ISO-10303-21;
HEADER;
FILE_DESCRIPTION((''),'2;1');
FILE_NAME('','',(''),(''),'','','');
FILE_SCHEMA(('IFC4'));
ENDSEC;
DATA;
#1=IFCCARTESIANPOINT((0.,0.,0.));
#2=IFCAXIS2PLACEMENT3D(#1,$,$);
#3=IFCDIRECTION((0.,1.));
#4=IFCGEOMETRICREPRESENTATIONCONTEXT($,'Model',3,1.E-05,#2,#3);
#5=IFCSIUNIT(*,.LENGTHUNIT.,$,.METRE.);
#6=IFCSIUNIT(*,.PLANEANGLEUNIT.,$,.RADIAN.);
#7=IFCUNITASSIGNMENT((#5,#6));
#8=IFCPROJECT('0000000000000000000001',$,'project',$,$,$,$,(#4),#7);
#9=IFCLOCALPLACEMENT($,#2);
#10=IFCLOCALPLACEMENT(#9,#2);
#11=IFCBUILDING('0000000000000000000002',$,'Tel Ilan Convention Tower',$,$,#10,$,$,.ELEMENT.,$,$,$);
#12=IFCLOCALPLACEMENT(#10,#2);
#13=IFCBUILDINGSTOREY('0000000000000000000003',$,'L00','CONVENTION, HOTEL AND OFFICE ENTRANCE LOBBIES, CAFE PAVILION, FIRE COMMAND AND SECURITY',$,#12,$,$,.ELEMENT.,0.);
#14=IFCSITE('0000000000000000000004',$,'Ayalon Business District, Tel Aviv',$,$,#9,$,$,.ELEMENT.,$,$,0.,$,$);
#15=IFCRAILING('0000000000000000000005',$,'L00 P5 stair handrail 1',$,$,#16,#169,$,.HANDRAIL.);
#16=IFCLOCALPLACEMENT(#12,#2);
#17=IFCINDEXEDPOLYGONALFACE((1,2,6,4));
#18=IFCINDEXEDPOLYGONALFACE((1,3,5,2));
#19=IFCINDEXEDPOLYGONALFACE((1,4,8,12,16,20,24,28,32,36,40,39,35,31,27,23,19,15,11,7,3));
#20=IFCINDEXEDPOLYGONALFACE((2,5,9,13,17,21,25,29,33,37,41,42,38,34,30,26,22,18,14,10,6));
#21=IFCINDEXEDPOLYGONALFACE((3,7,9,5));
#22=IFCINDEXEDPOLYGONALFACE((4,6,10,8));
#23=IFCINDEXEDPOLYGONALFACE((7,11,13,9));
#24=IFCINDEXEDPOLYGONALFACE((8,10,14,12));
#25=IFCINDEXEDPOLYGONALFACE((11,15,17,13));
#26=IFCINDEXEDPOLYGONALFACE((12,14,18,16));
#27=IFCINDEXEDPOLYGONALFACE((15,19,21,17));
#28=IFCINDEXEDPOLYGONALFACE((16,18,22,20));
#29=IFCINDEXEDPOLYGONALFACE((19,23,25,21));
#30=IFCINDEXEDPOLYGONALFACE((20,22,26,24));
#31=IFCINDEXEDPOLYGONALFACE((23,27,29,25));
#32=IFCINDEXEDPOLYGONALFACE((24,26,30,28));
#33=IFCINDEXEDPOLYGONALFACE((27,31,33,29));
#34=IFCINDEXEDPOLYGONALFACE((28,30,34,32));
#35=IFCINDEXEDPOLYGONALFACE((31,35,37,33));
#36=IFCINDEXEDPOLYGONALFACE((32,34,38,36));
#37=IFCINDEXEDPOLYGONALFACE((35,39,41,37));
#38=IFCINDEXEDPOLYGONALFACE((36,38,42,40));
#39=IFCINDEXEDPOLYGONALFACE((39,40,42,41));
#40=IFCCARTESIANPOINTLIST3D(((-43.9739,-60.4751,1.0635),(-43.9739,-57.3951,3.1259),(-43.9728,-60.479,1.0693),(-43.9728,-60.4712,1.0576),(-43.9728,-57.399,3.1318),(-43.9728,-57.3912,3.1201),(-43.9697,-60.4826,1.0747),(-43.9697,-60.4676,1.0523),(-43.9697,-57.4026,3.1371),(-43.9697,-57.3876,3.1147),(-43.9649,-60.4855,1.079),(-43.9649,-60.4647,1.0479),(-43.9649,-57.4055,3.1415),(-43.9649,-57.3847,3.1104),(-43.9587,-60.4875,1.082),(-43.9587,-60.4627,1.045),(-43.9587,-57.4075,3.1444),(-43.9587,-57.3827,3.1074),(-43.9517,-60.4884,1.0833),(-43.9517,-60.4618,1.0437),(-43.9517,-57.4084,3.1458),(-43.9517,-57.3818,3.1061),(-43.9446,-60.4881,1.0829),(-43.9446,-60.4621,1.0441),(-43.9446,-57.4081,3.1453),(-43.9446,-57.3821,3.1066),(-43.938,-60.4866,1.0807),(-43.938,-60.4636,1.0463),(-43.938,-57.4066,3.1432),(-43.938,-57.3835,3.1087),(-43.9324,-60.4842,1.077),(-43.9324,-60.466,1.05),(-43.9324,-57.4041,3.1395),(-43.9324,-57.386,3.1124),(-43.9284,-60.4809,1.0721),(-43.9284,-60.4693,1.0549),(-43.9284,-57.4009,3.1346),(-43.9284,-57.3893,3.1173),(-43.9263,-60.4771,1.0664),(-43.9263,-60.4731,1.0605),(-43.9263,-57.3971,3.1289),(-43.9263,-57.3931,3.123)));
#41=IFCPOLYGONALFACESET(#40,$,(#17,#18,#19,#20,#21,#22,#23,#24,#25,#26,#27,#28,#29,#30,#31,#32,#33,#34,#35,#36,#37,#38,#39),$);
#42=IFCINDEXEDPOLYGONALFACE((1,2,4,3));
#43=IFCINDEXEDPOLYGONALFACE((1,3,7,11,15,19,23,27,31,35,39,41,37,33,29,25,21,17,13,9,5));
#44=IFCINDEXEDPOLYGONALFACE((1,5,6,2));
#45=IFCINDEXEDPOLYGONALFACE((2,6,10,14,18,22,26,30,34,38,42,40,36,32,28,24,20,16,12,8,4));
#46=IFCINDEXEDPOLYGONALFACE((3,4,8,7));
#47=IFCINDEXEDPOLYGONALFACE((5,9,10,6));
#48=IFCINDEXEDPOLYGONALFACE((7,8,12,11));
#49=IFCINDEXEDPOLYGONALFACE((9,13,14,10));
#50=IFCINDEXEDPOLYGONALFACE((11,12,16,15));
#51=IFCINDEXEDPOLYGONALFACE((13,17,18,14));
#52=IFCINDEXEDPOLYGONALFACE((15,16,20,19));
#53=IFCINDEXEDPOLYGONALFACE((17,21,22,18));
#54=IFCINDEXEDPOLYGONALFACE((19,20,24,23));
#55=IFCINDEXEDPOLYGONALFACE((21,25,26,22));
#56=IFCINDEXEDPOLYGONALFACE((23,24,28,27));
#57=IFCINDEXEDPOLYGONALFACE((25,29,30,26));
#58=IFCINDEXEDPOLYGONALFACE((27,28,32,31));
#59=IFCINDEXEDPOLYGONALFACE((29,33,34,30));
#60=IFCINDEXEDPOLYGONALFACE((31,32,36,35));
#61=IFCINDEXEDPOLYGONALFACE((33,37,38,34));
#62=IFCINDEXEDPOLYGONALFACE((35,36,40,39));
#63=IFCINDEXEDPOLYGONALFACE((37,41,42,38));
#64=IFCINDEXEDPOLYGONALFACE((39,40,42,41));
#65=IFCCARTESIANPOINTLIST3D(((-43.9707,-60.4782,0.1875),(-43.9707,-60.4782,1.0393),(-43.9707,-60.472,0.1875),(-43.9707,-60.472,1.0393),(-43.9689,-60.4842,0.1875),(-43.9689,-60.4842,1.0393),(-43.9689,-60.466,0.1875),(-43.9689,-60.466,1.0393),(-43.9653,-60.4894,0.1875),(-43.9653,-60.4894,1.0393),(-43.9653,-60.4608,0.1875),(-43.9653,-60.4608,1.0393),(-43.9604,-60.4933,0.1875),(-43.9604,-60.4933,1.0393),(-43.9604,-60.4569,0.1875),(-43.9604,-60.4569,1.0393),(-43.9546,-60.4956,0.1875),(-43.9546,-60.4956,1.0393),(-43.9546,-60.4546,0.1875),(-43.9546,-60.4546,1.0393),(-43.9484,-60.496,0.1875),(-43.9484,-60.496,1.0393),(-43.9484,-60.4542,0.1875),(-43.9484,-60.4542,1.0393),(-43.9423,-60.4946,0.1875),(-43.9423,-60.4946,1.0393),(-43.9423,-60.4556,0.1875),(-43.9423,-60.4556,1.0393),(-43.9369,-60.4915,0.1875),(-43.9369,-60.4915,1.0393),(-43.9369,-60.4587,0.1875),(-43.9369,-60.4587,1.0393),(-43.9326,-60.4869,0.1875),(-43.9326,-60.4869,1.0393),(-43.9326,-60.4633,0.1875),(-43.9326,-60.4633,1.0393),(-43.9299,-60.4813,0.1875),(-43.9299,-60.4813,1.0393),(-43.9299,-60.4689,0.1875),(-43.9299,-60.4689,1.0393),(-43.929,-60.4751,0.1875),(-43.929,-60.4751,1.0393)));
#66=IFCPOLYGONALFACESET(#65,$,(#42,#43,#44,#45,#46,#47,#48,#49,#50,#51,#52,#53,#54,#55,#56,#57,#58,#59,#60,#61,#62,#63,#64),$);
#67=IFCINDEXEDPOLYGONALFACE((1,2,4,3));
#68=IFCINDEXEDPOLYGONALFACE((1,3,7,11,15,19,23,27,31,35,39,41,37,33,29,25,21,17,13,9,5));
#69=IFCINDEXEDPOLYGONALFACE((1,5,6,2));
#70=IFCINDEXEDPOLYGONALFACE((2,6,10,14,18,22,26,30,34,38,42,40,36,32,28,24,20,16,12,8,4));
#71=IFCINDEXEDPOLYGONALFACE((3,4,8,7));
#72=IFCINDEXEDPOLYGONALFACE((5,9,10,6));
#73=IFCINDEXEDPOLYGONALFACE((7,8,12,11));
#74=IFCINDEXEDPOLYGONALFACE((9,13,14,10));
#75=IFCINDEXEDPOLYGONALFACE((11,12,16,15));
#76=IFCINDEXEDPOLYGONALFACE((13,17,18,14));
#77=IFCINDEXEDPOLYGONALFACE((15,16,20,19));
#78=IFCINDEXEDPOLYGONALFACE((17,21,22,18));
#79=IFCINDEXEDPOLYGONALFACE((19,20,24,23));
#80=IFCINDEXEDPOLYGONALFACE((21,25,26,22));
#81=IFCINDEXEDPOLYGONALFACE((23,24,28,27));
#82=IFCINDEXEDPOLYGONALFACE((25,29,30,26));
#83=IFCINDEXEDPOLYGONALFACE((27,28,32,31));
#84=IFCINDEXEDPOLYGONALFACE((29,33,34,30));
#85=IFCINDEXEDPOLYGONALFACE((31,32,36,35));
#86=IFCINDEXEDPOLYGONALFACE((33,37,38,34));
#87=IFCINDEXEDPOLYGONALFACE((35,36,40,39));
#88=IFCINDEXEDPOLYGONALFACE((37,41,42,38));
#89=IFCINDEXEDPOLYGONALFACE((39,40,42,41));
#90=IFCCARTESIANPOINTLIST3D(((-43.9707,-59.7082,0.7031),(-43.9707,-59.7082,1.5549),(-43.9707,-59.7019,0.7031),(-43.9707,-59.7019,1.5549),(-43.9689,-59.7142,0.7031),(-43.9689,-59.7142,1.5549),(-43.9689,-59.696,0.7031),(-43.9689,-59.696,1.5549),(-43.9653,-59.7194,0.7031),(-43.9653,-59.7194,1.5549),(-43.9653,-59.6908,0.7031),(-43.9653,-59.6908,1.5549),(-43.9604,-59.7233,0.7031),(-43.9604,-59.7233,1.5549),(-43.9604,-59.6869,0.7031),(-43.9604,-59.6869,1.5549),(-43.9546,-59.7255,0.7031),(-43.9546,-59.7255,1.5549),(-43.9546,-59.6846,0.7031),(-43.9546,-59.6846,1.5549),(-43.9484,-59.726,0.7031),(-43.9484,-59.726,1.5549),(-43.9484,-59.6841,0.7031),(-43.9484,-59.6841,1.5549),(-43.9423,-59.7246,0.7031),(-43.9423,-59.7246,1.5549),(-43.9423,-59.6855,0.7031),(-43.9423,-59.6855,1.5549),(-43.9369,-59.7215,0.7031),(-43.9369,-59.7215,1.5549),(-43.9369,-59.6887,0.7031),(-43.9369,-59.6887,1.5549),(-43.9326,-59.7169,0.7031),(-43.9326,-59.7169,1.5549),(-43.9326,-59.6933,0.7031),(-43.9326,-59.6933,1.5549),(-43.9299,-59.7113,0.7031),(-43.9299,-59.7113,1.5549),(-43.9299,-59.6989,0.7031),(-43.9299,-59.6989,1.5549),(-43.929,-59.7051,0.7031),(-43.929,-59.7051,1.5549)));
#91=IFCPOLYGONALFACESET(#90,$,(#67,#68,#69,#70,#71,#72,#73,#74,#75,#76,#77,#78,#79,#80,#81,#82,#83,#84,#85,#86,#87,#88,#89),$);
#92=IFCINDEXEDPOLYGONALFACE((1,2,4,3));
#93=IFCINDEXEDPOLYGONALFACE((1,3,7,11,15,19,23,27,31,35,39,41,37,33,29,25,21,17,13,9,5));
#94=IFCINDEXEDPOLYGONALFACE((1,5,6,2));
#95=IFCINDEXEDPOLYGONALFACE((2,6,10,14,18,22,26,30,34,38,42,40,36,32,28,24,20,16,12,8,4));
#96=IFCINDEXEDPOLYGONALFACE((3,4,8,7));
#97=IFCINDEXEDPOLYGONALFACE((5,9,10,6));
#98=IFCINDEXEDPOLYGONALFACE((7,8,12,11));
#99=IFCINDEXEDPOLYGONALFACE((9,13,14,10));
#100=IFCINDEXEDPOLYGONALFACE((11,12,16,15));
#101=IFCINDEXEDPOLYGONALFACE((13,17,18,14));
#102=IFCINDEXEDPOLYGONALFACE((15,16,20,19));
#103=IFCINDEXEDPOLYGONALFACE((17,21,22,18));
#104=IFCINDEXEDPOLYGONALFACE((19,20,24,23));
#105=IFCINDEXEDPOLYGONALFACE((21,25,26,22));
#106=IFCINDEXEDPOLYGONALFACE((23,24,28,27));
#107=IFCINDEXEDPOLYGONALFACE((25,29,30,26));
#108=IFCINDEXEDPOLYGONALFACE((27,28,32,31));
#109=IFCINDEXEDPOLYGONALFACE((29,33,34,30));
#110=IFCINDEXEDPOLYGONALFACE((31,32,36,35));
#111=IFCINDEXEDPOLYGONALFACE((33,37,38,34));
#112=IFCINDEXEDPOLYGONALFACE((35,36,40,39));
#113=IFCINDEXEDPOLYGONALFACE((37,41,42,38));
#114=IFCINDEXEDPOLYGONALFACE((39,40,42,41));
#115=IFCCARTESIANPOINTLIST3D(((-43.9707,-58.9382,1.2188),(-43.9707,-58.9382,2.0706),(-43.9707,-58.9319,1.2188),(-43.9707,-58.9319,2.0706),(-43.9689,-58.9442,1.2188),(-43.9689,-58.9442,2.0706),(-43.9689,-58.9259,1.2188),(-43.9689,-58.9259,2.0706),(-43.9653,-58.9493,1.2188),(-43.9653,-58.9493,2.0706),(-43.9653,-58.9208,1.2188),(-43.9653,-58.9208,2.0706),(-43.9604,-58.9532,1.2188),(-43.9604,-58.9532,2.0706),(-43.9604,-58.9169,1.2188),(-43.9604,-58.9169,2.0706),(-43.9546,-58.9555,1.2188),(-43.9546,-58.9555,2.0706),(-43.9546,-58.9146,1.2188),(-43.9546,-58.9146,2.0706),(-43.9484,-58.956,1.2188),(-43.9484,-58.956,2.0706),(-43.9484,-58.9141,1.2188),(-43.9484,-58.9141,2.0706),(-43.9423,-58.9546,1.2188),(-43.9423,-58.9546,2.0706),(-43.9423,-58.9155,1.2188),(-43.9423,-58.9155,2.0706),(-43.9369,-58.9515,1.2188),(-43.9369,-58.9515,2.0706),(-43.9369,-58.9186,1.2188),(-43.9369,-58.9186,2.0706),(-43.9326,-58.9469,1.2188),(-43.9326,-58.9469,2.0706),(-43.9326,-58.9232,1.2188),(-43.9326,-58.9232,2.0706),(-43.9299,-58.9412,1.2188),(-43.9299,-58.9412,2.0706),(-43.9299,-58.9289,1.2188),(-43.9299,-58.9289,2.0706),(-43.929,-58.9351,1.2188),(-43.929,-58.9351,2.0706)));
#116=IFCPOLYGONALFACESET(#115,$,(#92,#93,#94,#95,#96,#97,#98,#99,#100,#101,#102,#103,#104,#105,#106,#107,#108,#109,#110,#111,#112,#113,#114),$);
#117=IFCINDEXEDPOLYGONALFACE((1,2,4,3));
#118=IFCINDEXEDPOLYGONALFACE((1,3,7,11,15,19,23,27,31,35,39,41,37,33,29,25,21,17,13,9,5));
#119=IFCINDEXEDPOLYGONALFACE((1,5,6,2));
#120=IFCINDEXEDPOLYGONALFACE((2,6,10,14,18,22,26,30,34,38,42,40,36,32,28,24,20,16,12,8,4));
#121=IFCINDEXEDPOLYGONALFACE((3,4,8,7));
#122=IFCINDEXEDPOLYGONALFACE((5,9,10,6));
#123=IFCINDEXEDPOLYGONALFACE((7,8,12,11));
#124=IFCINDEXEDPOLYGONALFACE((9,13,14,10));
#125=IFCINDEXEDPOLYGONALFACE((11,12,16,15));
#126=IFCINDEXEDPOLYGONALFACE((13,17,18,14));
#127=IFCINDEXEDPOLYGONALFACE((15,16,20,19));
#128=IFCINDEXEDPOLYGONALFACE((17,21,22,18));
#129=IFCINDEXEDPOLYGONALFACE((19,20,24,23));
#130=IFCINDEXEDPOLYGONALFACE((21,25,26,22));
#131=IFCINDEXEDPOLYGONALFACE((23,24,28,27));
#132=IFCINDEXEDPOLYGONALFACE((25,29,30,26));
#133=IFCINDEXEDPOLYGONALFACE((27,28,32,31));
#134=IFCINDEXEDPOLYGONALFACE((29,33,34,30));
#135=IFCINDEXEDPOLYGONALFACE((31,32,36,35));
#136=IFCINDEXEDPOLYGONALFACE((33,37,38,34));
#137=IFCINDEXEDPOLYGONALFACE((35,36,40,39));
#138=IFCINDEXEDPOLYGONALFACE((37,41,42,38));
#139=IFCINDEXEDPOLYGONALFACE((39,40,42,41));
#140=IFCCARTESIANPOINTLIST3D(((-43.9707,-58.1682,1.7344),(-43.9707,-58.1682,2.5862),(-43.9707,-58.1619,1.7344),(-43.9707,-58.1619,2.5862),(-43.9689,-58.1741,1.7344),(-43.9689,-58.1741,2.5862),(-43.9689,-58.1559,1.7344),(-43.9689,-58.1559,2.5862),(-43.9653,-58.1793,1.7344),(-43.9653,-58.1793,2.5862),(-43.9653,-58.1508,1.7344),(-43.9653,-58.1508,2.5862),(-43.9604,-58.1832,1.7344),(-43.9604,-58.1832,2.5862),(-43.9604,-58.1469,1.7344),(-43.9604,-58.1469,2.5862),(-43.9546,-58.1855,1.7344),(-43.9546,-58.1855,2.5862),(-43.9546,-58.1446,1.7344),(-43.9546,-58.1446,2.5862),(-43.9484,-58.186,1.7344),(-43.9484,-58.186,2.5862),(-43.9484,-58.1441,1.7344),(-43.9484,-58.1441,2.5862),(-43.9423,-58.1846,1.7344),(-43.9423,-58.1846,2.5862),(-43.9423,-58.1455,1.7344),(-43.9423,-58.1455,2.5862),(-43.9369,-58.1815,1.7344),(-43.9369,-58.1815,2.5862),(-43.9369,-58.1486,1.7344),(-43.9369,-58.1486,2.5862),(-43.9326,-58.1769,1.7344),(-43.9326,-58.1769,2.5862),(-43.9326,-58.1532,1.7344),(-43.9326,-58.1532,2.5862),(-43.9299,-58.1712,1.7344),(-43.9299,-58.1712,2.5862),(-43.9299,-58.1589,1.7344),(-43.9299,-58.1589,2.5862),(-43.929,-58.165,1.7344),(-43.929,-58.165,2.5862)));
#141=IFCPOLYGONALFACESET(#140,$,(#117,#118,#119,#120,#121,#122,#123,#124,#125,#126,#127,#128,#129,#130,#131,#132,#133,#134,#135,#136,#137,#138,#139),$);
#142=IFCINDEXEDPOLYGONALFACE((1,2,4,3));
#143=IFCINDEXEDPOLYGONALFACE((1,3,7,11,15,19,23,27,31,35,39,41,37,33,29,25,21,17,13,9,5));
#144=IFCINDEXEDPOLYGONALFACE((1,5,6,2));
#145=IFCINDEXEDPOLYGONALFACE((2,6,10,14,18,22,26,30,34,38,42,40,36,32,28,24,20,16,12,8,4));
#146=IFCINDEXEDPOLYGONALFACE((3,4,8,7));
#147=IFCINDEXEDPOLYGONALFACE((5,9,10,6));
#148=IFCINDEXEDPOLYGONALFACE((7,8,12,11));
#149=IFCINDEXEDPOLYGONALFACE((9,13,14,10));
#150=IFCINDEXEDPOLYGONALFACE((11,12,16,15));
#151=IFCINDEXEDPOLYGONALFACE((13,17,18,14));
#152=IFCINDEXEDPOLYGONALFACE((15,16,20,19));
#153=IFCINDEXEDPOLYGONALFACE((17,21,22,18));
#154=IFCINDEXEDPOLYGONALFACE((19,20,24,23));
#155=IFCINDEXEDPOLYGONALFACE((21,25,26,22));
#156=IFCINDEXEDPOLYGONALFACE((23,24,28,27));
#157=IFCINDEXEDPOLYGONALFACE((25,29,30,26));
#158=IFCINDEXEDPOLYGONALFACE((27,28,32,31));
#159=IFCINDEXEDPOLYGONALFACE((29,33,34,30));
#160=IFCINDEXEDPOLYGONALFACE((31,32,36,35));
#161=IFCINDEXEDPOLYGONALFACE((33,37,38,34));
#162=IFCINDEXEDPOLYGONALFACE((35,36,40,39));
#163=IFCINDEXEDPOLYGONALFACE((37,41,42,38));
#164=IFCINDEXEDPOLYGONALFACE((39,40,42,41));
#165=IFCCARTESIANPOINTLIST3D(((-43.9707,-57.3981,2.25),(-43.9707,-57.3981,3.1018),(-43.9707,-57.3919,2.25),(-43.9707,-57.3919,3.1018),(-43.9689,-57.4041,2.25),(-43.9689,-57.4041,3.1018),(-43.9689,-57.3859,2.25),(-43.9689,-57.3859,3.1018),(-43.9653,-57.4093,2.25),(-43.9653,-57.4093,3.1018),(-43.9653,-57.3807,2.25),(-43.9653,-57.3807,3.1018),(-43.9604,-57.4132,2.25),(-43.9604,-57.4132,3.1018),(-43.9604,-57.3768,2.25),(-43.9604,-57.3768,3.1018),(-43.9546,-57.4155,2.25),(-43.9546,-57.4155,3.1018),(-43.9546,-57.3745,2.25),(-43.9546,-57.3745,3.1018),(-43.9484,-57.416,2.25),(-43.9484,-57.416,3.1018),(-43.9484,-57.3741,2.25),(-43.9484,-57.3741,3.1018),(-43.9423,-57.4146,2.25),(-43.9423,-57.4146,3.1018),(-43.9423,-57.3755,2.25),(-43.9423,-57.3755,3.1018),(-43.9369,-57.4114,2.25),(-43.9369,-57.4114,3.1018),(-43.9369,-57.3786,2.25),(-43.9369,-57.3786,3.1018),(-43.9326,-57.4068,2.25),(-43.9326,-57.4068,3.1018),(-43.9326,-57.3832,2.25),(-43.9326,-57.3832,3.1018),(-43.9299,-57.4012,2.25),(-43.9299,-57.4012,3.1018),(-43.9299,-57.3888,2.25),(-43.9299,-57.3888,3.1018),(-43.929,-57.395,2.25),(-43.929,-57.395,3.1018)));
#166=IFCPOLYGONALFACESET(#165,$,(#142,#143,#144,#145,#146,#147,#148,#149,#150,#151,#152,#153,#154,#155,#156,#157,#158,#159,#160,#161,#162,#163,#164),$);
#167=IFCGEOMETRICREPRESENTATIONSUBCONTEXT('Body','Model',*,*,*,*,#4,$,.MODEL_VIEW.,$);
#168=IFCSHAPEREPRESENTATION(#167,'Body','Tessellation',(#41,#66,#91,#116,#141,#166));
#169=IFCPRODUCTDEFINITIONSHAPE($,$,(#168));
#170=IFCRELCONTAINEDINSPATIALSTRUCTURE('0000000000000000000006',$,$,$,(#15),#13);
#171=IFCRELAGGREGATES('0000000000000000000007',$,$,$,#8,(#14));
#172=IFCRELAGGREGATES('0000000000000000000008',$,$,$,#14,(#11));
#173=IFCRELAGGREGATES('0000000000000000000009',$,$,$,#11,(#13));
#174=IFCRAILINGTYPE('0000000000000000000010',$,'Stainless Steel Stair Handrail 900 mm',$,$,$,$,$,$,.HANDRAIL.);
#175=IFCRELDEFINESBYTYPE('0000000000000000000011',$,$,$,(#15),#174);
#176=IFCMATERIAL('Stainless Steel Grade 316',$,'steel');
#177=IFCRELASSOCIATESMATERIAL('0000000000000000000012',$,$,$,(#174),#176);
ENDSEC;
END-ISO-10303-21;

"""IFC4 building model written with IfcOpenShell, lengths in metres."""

from ifc_helpers import new_model, si_unit, direction, frame, origin, origin_2d, place, context, subcontext, project, spatial, circle, extrude, material, type_object, element, save


model = new_model("IFC4")

# Units and contexts
model_context = context("Model", 3, precision=1e-05, world=origin(), true_north=direction((0.0, 1.0)))
body_context = subcontext(model_context, "Body", "Model", "MODEL_VIEW")
ifc_project = project(units=[si_unit("LENGTHUNIT", "METRE"), si_unit("PLANEANGLEUNIT", "RADIAN")], contexts=[model_context])

# Site, building, storey
site_placement = place(None, origin())
site = spatial("IfcSite", under=ifc_project, at=site_placement, Name="Ayalon Business District, Tel Aviv", CompositionType="ELEMENT", RefElevation=0.0)
building_placement = place(site_placement, origin())
building = spatial("IfcBuilding", under=site, at=building_placement, Name="Tel Ilan Convention Tower", CompositionType="ELEMENT")
storey_placement = place(building_placement, origin())
storey = spatial("IfcBuildingStorey", under=building, at=storey_placement, Name="L00", Description="CONVENTION, HOTEL AND OFFICE ENTRANCE LOBBIES, CAFE PAVILION, FIRE COMMAND AND SECURITY", CompositionType="ELEMENT", Elevation=0.0)

# Railing
ifc_material_1 = material(Name="Stainless Steel Grade 316", Category="steel")
railing_type_1 = type_object("IfcRailingType", Name="Stainless Steel Stair Handrail 900 mm", PredefinedType="HANDRAIL", material=ifc_material_1)
for number, where, name in (
    (1, (-43.95, -60.4751, 0.1875), "L00 P5 stair handrail 1"),
):
    element("IfcRailing", number, at=place(storey_placement, frame(where)), inside=storey, type_object=railing_type_1, Name=name, PredefinedType="HANDRAIL", context=body_context, shape_type="SweptSolid", body=[
        extrude(circle(Radius=0.0239, at=origin_2d()), frame((0.0, 0.0, 0.876), z_axis=(0.0, 0.830914, 0.556401), x_axis=(-1.0, 0.0, 0.0)), (0.0, 0.0, 1.0), 3.7068),
        extrude(circle(Radius=0.021, at=origin_2d()), origin(), (0.0, 0.0, 1.0), 0.8518),
        extrude(circle(Radius=0.021, at=origin_2d()), frame((0.0, 0.77, 0.5156)), (0.0, 0.0, 1.0), 0.8518),
        extrude(circle(Radius=0.021, at=origin_2d()), frame((0.0, 1.54, 1.0312)), (0.0, 0.0, 1.0), 0.8518),
        extrude(circle(Radius=0.021, at=origin_2d()), frame((0.0, 2.3101, 1.5469)), (0.0, 0.0, 1.0), 0.8518),
        extrude(circle(Radius=0.021, at=origin_2d()), frame((0.0, 3.0801, 2.0625)), (0.0, 0.0, 1.0), 0.8518),
    ])

save(model, "model.ifc")
